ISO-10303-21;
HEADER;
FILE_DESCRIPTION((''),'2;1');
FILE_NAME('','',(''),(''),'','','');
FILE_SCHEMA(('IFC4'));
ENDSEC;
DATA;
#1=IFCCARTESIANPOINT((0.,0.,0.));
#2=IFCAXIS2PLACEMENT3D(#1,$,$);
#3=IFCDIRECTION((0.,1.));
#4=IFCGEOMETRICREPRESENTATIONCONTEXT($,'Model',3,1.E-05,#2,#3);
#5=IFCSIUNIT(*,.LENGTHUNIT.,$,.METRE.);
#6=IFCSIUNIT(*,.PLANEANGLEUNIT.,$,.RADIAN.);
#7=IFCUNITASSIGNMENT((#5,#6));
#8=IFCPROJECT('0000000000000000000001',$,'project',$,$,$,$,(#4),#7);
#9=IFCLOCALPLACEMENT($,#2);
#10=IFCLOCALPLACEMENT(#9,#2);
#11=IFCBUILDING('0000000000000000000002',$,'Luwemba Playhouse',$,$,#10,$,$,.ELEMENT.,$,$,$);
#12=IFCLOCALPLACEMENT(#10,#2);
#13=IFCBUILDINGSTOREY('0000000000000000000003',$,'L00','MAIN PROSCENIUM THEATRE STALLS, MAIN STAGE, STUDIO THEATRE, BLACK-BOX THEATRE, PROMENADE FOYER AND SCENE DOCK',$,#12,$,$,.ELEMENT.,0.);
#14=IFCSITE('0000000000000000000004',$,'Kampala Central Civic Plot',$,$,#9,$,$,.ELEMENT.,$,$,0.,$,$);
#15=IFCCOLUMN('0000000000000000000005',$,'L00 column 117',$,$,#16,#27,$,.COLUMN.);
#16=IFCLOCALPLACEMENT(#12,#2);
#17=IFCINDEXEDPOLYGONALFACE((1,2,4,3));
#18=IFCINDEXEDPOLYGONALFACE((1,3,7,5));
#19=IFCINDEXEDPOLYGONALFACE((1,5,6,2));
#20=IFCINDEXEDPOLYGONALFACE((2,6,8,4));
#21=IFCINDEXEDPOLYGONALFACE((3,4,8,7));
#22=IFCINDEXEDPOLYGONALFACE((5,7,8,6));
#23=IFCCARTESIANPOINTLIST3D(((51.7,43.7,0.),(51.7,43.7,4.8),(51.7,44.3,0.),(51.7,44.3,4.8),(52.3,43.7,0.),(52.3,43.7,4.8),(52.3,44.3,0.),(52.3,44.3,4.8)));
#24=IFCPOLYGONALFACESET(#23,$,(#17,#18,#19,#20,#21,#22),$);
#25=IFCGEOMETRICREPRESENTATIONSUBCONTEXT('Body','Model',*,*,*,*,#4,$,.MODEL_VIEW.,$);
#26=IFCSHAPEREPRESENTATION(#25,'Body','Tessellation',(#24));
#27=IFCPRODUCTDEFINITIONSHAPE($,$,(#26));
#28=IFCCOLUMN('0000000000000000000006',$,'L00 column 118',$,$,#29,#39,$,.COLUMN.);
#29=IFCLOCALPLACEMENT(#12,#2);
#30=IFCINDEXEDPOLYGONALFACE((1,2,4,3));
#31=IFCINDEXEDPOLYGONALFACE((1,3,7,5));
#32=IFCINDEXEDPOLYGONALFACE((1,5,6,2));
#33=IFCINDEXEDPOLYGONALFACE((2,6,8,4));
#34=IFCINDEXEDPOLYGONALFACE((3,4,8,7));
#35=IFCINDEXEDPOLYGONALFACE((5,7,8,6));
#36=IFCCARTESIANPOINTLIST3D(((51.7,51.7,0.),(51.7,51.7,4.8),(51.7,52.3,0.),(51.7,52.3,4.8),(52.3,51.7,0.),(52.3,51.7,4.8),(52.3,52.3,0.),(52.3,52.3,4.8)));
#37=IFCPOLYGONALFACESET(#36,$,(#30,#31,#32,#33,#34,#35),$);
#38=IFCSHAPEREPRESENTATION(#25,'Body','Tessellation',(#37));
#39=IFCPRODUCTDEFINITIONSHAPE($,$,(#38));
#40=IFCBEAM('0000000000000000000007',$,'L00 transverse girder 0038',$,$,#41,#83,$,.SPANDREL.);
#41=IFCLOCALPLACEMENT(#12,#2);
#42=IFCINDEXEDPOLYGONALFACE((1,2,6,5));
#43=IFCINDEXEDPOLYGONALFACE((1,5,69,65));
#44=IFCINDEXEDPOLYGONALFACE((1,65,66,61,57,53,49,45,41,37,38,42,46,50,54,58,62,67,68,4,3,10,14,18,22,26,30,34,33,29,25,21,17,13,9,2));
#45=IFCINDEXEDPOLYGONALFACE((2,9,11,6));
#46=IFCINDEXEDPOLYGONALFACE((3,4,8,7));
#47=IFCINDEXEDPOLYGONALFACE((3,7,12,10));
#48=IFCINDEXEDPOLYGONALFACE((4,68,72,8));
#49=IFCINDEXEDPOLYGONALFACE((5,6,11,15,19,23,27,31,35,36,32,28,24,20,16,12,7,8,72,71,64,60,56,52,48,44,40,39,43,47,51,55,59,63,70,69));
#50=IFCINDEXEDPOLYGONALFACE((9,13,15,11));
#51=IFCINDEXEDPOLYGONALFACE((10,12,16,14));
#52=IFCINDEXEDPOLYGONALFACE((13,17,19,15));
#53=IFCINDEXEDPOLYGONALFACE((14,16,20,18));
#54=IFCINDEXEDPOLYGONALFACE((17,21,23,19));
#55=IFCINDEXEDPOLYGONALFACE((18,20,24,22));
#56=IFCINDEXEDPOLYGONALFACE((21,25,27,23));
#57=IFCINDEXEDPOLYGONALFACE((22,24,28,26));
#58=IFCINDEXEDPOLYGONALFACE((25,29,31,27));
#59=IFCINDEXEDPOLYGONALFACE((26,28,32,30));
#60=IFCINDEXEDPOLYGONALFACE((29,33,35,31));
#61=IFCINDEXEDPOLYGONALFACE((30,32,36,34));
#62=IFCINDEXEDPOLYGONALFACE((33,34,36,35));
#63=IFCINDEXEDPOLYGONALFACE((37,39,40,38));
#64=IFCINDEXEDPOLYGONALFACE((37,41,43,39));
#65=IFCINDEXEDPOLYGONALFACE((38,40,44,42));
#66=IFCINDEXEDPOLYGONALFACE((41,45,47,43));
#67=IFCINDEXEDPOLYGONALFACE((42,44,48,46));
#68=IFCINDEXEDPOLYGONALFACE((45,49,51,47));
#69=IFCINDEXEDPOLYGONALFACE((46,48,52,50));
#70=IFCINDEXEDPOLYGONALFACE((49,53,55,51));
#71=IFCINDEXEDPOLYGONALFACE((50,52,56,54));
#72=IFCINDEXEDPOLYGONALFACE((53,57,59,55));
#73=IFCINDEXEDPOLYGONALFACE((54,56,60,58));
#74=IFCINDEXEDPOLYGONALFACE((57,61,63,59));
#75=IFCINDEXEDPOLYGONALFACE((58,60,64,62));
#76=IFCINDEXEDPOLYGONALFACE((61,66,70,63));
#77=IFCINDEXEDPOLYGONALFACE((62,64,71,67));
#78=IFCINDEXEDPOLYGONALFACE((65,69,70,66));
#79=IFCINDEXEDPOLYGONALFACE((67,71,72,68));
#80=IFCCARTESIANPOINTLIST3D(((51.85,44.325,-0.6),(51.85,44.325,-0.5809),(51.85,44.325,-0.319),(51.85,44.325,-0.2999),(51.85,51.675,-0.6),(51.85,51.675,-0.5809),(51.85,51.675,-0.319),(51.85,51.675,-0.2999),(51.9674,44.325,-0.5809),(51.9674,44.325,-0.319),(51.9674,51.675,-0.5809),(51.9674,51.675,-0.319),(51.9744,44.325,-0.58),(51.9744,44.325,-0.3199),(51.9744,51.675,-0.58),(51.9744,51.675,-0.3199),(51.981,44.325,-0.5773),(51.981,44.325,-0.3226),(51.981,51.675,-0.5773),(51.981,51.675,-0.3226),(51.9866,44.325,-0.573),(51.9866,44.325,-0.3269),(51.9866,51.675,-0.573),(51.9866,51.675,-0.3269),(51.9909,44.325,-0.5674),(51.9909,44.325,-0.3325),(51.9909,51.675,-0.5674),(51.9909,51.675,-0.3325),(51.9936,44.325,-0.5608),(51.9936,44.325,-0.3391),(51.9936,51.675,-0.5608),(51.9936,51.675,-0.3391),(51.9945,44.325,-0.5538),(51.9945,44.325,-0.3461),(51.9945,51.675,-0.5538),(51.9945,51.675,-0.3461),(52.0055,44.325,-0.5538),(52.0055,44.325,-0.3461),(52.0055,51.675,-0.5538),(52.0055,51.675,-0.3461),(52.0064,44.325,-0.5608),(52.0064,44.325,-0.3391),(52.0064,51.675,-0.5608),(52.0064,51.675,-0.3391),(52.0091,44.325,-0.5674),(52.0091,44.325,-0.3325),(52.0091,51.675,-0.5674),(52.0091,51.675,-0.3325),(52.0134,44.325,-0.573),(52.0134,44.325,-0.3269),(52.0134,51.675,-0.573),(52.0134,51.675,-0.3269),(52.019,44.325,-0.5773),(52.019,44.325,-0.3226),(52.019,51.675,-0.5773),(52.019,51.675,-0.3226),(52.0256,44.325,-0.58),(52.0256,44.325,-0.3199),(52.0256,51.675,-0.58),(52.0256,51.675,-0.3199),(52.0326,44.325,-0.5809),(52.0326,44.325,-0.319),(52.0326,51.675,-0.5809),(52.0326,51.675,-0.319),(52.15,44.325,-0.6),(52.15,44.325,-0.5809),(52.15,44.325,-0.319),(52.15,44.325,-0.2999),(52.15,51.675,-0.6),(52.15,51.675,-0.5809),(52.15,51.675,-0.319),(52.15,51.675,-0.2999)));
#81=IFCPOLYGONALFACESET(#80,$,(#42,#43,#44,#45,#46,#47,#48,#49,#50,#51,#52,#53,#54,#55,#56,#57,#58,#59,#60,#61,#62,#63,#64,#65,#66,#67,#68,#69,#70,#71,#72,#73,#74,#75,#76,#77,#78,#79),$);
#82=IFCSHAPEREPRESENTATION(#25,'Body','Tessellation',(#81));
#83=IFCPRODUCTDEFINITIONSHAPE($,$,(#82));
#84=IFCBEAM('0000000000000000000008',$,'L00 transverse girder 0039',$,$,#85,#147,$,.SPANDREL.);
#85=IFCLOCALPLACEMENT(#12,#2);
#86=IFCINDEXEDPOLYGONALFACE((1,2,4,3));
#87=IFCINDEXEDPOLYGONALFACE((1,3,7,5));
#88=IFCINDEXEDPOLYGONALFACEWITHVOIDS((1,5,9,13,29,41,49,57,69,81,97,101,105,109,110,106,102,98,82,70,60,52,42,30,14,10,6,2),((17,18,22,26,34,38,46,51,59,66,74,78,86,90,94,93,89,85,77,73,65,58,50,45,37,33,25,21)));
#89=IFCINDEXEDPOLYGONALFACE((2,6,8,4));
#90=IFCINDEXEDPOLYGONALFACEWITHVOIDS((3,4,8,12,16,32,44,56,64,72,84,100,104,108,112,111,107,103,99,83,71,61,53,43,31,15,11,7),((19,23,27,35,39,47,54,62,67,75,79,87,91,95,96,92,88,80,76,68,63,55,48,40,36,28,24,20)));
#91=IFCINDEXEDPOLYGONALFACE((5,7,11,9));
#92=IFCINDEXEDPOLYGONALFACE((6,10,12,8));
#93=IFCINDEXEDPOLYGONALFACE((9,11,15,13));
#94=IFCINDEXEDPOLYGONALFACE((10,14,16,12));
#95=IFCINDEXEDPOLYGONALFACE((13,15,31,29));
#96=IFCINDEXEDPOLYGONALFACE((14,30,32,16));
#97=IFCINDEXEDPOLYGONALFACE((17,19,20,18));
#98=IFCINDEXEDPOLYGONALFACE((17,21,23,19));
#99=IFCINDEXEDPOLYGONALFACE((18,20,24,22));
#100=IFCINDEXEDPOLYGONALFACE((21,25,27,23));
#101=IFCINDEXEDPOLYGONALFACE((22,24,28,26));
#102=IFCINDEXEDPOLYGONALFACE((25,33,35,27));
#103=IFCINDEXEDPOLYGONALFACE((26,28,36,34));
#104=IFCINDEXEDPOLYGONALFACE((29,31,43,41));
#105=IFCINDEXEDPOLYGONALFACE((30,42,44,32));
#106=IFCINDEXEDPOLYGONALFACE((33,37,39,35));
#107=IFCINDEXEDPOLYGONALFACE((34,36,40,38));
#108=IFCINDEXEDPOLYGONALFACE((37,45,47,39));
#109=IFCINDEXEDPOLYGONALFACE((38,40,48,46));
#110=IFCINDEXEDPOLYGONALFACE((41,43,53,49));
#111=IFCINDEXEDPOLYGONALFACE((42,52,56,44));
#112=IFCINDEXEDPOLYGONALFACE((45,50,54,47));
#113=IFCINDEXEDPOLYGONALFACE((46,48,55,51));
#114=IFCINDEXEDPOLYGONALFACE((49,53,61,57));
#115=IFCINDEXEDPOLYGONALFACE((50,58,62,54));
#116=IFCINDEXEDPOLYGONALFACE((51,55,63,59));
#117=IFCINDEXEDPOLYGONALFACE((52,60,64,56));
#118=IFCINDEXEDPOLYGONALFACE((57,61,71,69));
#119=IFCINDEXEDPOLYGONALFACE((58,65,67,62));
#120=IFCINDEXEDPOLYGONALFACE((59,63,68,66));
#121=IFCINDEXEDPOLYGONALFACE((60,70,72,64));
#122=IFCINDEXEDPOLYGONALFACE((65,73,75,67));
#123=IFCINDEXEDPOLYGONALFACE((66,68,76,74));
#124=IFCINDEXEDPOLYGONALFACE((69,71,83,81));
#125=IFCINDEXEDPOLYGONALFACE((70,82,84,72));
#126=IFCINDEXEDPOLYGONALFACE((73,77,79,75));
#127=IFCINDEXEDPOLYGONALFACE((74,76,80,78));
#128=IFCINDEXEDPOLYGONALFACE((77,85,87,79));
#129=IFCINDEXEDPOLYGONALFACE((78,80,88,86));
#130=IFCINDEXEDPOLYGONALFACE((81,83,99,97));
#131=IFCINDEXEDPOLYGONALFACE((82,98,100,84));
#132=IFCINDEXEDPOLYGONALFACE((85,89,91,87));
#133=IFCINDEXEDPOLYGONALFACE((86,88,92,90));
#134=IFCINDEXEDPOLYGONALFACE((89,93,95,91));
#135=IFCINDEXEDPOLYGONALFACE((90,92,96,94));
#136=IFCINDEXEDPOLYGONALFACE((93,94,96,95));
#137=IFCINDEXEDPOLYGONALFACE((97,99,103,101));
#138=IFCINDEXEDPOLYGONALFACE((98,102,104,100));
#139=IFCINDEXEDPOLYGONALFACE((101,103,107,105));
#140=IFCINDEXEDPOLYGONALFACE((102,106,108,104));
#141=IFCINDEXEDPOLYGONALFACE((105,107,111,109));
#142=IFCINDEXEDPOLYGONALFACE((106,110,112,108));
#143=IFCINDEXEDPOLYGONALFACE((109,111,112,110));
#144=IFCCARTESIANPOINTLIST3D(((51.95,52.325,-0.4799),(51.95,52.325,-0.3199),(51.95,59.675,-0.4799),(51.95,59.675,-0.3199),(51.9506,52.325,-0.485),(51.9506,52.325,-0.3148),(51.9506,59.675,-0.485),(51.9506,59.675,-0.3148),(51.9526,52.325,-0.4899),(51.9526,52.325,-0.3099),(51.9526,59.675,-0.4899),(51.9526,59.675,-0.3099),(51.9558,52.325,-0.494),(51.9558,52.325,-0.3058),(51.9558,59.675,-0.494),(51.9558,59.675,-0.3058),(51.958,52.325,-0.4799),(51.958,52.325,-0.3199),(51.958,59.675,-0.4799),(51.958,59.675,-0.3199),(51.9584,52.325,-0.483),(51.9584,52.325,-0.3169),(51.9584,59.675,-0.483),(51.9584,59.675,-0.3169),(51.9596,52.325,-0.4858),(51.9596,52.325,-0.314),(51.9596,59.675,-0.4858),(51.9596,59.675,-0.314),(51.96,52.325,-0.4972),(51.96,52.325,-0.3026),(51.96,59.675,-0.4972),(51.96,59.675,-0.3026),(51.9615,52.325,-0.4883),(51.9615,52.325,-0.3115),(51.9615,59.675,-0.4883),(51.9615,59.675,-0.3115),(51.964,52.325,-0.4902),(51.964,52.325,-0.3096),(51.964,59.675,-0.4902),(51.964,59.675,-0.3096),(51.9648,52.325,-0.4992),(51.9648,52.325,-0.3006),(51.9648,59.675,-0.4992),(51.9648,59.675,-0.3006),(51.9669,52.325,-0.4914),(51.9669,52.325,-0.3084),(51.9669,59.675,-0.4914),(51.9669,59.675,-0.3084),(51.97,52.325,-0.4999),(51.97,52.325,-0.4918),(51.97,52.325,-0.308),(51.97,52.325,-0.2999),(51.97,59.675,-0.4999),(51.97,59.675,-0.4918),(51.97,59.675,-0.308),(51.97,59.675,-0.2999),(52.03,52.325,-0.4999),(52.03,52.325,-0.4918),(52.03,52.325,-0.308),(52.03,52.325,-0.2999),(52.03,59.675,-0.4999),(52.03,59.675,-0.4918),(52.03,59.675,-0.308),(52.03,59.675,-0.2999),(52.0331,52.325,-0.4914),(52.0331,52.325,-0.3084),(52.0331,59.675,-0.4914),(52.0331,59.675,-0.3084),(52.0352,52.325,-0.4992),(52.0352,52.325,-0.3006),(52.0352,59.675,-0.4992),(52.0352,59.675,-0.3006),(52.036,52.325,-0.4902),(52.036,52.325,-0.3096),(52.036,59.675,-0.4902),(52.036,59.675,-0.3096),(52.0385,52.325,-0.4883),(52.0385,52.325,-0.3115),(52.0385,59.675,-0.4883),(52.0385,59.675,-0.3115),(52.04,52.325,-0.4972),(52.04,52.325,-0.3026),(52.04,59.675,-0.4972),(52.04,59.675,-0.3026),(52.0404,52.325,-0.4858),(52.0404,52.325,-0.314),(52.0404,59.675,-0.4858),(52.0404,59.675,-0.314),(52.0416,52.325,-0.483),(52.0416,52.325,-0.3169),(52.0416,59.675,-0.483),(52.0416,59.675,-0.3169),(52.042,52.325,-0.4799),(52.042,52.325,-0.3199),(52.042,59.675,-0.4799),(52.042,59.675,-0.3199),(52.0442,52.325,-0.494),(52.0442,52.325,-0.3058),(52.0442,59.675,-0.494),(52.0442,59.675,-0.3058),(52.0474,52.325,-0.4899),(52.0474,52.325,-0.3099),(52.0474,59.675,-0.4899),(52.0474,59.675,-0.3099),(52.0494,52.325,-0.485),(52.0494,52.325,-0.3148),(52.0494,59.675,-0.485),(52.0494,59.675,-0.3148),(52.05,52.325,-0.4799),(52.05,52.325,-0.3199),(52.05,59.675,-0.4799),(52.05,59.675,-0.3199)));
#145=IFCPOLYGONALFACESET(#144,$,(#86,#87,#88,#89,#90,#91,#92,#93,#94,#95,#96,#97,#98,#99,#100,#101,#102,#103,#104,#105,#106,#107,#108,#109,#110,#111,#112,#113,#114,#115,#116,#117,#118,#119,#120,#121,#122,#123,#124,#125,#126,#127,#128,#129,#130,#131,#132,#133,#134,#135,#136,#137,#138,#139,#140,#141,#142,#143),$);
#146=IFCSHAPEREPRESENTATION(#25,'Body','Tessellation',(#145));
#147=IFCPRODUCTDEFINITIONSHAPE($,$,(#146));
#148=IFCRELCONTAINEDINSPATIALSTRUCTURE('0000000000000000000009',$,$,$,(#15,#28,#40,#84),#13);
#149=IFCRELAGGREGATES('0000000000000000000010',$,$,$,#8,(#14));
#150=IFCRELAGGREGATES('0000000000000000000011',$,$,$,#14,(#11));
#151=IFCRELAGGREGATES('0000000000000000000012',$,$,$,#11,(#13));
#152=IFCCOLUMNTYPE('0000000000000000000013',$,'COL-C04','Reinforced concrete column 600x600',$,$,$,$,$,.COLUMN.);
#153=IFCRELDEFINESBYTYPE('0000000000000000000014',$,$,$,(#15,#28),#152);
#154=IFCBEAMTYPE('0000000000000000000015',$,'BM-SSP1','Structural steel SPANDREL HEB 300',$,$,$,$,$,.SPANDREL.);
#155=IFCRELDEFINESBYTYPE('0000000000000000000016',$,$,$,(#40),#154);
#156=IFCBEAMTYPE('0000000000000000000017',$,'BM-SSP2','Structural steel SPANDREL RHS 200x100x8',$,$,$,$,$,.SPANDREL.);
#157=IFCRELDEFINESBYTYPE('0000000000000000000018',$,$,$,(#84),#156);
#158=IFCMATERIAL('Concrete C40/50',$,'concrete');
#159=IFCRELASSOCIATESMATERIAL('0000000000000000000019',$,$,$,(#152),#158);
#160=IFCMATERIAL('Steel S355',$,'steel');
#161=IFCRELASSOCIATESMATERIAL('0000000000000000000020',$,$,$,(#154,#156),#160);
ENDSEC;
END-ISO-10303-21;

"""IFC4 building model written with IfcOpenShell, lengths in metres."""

from ifc_helpers import new_model, si_unit, direction, frame, origin, origin_2d, place, context, subcontext, project, spatial, rectangle, hollow_rectangle, i_section, extrude, material, material_profile, profile_set, type_object, element, save


model = new_model("IFC4")

# Units and contexts
model_context = context("Model", 3, precision=1e-05, world=origin(), true_north=direction((0.0, 1.0)))
body_context = subcontext(model_context, "Body", "Model", "MODEL_VIEW")
ifc_project = project(units=[si_unit("LENGTHUNIT", "METRE"), si_unit("PLANEANGLEUNIT", "RADIAN")], contexts=[model_context])

# Site, building, storey
site_placement = place(None, origin())
site = spatial("IfcSite", under=ifc_project, at=site_placement, Name="Kampala Central Civic Plot", CompositionType="ELEMENT", RefElevation=0.0)
building_placement = place(site_placement, origin())
building = spatial("IfcBuilding", under=site, at=building_placement, Name="Luwemba Playhouse", CompositionType="ELEMENT")
storey_placement = place(building_placement, origin())
storey = spatial("IfcBuildingStorey", under=building, at=storey_placement, Name="L00", Description="MAIN PROSCENIUM THEATRE STALLS, MAIN STAGE, STUDIO THEATRE, BLACK-BOX THEATRE, PROMENADE FOYER AND SCENE DOCK", CompositionType="ELEMENT", Elevation=0.0)

# Columns
ifc_material_1 = material(Name="Concrete C40/50", Category="concrete")
ifc_material_profile_1 = material_profile(ifc_material_1, rectangle(XDim=0.6001, YDim=0.6001, at=origin_2d()))
ifc_profile_set_1 = profile_set([ifc_material_profile_1], Name="Concrete C40/50")
column_type = type_object("IfcColumnType", Name="COL-C04", Description="Reinforced concrete column 600x600", PredefinedType="COLUMN", material=ifc_profile_set_1)
for number, where, z_axis, x_axis, name in (
    (1, (52.0, 44.0, 0.0), (0.0, 0.0, 1.0), (1.0, 0.0, 0.0), "L00 column 117"),
    (2, (52.0, 52.0, 0.0), (0.0, 0.0, 1.0), (1.0, 0.0, 0.0), "L00 column 118"),
):
    element("IfcColumn", number, at=place(storey_placement, frame(where, z_axis=z_axis, x_axis=x_axis)), inside=storey, type_object=column_type, Name=name, PredefinedType="COLUMN", context=body_context, shape_type="SweptSolid", body=[
        extrude(rectangle(XDim=0.6001, YDim=0.6001, at=origin_2d()), origin(), (0.0, 0.0, 1.0), 4.8),
    ])

# Beams
ifc_material_2 = material(Name="Steel S355", Category="steel")
ifc_material_profile_2 = material_profile(ifc_material_2, i_section(OverallWidth=0.3, OverallDepth=0.3, WebThickness=0.011, FlangeThickness=0.019, FilletRadius=0.0271, at=origin_2d()))
ifc_profile_set_2 = profile_set([ifc_material_profile_2], Name="Steel S355")
beam_type_1 = type_object("IfcBeamType", Name="BM-SSP1", Description="Structural steel SPANDREL HEB 300", PredefinedType="SPANDREL", material=ifc_profile_set_2)
beam_1_placement = place(storey_placement, frame((52.0, 44.325, -0.45), z_axis=(0.0, 1.0, 0.0), x_axis=(-1.0, 0.0, 0.0)))
element("IfcBeam", 3, at=beam_1_placement, inside=storey, type_object=beam_type_1, Name="L00 transverse girder 0038", PredefinedType="SPANDREL", context=body_context, shape_type="SweptSolid", body=[
    extrude(i_section(OverallWidth=0.3, OverallDepth=0.3, WebThickness=0.011, FlangeThickness=0.019, FilletRadius=0.0271, at=origin_2d()), origin(), (0.0, 0.0, 1.0), 7.3501),
])
ifc_material_profile_3 = material_profile(ifc_material_2, hollow_rectangle(XDim=0.1001, YDim=0.2, WallThickness=0.0081, InnerFilletRadius=0.012, OuterFilletRadius=0.02, at=origin_2d()))
ifc_profile_set_3 = profile_set([ifc_material_profile_3], Name="Steel S355")
beam_type_2 = type_object("IfcBeamType", Name="BM-SSP2", Description="Structural steel SPANDREL RHS 200x100x8", PredefinedType="SPANDREL", material=ifc_profile_set_3)
beam_2_placement = place(storey_placement, frame((52.0, 52.325, -0.3999), z_axis=(0.0, 1.0, 0.0), x_axis=(-1.0, 0.0, 0.0)))
element("IfcBeam", 4, at=beam_2_placement, inside=storey, type_object=beam_type_2, Name="L00 transverse girder 0039", PredefinedType="SPANDREL", context=body_context, shape_type="SweptSolid", body=[
    extrude(hollow_rectangle(XDim=0.1001, YDim=0.2, WallThickness=0.0081, InnerFilletRadius=0.012, OuterFilletRadius=0.02, at=origin_2d()), origin(), (0.0, 0.0, 1.0), 7.3501),
])

save(model, "model.ifc")
